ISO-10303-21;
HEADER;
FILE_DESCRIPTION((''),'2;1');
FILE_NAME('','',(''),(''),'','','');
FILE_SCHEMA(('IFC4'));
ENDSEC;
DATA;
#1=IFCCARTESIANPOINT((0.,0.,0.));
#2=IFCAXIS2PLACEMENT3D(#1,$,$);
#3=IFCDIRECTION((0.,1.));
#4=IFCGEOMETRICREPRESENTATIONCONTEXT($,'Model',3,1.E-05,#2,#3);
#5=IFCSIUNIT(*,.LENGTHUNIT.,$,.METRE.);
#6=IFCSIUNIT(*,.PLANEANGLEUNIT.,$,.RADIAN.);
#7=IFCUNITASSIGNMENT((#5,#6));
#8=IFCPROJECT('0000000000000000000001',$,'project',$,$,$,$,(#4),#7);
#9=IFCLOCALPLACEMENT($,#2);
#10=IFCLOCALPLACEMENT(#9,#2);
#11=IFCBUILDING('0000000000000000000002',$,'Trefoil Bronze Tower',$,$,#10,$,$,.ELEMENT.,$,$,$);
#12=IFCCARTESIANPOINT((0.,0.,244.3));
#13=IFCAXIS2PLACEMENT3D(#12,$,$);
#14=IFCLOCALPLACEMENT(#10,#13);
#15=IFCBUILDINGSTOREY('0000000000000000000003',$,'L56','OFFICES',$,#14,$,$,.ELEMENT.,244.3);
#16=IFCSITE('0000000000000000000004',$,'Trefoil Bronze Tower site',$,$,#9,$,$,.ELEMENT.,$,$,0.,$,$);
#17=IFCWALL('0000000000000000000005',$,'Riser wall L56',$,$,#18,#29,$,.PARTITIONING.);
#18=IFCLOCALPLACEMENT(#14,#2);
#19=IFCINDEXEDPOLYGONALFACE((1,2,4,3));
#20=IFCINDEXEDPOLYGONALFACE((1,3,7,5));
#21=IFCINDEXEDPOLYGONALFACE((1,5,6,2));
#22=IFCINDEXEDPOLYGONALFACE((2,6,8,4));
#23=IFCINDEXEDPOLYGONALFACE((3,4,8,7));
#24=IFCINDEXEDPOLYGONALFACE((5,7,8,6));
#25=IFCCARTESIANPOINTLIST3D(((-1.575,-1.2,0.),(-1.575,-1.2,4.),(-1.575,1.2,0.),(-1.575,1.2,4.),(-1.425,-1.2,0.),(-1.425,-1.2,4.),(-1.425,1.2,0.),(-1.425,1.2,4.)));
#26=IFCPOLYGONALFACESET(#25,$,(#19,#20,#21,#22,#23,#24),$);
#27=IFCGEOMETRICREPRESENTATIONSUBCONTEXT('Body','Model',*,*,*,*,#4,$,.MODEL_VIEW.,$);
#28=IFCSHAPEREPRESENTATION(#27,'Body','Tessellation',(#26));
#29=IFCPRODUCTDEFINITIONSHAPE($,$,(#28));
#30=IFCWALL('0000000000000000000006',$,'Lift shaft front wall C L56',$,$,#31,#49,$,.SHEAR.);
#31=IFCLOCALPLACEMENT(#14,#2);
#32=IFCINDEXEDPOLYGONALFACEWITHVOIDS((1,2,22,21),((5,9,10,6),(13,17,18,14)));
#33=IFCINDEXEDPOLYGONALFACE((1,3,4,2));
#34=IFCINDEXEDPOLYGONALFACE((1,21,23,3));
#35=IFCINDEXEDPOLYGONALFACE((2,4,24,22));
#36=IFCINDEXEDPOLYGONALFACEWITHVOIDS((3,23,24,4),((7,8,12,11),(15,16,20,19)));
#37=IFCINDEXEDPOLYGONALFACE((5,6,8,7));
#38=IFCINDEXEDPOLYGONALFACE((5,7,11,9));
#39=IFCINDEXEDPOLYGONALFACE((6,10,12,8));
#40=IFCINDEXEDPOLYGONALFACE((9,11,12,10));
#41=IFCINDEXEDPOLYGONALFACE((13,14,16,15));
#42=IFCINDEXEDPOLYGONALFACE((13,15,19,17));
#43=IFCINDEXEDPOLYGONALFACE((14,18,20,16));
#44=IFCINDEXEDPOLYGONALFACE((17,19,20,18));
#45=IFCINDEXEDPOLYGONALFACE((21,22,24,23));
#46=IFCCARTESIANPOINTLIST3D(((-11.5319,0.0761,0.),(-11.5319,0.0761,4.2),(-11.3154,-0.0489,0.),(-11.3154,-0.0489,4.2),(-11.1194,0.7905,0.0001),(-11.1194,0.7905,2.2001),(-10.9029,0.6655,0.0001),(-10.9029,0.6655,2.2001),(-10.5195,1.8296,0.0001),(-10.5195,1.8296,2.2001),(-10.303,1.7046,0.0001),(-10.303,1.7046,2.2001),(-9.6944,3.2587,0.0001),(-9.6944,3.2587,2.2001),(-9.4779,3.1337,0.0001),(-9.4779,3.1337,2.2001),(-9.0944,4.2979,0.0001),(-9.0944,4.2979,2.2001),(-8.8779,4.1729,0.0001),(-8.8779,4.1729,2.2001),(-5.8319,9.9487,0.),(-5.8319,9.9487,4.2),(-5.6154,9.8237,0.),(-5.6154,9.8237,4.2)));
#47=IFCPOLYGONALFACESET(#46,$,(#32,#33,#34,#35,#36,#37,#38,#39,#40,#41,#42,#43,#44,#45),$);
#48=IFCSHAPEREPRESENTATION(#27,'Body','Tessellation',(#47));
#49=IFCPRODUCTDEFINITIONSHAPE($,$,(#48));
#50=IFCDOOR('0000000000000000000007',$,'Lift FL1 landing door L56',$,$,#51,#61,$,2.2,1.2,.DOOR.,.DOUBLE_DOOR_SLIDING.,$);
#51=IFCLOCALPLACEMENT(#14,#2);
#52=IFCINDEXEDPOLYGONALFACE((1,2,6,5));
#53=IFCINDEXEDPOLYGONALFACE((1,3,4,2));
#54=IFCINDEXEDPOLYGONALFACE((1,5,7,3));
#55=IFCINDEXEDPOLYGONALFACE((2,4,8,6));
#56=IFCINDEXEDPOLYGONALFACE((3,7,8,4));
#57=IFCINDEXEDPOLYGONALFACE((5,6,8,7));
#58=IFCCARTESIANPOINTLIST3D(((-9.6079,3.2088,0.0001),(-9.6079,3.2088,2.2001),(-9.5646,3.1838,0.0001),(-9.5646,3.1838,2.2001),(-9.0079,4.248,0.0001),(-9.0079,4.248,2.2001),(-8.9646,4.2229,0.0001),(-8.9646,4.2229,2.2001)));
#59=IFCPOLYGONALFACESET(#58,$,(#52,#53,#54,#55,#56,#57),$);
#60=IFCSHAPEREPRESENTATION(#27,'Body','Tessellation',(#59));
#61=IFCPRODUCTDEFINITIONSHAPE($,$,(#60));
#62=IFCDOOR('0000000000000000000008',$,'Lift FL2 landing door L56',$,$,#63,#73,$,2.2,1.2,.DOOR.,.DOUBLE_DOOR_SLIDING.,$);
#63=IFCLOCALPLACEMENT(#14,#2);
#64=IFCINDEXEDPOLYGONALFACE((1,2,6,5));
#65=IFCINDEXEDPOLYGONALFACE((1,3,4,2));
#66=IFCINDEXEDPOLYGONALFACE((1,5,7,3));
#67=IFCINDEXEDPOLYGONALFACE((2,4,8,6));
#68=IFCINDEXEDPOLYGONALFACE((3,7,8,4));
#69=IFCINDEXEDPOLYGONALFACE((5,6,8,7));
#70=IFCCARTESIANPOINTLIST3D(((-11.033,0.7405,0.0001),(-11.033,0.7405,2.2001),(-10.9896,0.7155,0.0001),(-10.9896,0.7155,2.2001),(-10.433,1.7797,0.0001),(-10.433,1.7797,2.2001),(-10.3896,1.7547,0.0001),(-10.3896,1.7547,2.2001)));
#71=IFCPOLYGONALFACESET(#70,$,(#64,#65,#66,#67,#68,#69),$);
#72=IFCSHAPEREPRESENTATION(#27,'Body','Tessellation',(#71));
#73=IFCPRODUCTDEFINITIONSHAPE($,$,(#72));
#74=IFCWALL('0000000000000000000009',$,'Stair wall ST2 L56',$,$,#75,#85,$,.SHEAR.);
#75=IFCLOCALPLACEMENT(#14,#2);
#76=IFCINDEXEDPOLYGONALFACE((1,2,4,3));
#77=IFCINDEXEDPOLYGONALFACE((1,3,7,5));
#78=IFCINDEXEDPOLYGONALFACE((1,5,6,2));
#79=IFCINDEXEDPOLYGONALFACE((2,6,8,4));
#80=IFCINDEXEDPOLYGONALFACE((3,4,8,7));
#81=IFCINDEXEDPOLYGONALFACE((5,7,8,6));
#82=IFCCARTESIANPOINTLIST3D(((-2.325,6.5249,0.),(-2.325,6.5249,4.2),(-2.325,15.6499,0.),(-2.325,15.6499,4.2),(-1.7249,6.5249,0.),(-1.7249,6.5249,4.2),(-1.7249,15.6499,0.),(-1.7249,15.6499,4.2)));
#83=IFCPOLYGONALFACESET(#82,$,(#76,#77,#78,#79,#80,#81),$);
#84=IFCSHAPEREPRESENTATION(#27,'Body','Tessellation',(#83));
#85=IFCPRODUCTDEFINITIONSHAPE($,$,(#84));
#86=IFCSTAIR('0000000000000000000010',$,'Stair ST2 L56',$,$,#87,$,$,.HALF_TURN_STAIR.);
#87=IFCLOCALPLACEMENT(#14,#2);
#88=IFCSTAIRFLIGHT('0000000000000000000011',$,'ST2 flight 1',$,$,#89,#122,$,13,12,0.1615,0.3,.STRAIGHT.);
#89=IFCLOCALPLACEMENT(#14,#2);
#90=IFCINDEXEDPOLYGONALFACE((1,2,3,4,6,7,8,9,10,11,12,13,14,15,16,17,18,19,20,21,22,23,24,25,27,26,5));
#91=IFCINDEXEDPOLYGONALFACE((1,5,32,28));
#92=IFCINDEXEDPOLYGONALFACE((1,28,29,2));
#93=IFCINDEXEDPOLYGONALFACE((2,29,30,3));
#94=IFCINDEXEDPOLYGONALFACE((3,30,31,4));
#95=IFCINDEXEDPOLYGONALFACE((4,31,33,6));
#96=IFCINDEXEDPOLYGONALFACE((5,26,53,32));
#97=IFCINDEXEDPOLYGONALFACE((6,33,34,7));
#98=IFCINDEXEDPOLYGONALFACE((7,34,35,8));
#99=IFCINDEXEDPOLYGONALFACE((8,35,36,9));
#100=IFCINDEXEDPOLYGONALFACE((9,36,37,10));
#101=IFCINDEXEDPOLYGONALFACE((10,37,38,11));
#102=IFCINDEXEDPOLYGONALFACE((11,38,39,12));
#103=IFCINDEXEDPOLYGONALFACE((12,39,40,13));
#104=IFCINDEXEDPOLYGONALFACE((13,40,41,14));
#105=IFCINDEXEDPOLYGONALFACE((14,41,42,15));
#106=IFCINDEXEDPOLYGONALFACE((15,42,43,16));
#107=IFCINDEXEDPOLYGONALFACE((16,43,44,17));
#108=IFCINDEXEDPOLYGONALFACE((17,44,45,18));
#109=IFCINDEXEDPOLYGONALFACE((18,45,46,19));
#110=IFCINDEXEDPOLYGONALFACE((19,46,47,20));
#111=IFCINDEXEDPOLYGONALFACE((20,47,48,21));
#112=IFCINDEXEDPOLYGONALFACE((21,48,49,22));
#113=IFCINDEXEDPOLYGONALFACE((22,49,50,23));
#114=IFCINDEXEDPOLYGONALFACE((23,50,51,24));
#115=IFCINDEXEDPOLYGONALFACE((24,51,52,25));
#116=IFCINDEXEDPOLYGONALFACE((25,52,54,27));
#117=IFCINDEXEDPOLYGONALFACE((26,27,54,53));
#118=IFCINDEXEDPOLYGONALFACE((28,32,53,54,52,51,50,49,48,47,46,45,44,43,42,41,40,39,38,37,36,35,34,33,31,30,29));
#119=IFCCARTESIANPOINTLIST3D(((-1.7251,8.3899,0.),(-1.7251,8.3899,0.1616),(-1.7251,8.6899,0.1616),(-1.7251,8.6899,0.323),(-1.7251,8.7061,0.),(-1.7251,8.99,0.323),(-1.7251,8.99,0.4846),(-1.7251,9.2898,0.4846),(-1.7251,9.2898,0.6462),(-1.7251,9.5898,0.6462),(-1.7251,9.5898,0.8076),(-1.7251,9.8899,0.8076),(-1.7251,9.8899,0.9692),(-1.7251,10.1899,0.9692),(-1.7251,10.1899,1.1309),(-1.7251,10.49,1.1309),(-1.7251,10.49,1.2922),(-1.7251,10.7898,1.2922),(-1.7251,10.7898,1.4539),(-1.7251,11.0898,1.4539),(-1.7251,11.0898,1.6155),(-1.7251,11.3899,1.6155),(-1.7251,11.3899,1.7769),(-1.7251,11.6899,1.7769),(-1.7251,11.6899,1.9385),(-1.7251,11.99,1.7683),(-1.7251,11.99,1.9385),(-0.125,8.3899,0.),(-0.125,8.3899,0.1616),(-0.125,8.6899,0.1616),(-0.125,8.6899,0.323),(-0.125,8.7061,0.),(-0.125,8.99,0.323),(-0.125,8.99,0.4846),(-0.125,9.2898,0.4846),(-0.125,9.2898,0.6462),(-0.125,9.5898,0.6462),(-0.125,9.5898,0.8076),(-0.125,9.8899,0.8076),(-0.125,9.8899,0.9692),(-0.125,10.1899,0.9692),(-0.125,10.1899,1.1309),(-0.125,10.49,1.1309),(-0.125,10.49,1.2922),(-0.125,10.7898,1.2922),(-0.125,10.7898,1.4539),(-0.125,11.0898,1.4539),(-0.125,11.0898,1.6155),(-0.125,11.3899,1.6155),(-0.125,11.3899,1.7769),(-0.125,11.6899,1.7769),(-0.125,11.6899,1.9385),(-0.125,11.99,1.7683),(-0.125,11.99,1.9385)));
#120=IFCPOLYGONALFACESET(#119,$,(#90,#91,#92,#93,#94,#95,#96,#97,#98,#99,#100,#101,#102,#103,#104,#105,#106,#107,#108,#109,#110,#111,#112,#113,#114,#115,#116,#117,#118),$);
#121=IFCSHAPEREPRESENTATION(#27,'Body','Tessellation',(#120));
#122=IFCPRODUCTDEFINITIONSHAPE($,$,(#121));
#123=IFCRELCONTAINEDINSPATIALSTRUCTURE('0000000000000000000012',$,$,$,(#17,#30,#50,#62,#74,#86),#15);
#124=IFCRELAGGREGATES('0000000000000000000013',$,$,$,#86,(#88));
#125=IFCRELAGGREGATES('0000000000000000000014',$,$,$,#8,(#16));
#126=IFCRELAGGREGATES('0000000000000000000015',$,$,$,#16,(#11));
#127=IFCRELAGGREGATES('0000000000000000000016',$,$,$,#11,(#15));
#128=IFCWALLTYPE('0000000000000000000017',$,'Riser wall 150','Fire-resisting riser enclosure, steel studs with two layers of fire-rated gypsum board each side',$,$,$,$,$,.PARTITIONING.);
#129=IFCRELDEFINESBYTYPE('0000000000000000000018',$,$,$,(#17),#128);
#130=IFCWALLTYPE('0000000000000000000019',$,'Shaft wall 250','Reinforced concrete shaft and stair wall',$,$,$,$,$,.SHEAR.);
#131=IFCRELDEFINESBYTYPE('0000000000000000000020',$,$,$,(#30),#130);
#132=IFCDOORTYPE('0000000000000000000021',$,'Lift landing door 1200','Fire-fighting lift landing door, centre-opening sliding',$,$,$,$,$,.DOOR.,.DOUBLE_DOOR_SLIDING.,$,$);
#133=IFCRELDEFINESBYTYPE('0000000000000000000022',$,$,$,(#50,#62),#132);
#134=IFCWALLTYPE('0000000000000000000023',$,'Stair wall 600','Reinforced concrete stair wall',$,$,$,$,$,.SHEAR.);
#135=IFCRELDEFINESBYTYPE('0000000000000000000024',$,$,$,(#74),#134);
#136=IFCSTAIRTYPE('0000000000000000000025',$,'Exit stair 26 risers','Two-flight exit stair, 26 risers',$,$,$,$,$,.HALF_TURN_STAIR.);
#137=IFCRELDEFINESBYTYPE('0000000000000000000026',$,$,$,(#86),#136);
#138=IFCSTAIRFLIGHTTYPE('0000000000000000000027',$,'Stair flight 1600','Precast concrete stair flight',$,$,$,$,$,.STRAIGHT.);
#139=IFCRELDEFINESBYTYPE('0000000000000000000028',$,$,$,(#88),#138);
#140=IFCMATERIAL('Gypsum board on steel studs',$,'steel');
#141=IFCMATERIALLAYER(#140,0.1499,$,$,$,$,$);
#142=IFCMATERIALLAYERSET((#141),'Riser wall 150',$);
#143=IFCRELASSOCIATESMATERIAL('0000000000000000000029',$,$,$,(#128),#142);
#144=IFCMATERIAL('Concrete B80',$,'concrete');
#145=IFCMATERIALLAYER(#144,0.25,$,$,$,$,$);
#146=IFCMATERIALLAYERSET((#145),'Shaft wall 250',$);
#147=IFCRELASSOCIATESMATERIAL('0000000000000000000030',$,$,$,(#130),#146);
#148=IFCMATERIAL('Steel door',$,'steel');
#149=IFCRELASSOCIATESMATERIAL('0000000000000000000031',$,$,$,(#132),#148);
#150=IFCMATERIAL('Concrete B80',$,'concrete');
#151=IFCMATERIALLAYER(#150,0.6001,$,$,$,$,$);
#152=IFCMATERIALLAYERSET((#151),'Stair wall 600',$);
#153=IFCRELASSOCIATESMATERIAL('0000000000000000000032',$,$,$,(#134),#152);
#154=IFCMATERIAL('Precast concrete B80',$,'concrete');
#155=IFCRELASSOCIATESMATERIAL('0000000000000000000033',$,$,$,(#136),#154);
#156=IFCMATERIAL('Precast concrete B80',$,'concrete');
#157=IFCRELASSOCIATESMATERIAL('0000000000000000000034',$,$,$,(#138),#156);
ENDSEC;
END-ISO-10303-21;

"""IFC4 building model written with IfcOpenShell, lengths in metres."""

from ifc_helpers import new_model, si_unit, direction, frame, frame_2d, origin, place, context, subcontext, project, spatial, polyline, rectangle, outline, extrude, material, layer, layer_set, type_object, element, fill, aggregate, save


model = new_model("IFC4")

# Units and contexts
model_context = context("Model", 3, precision=1e-05, world=origin(), true_north=direction((0.0, 1.0)))
body_context = subcontext(model_context, "Body", "Model", "MODEL_VIEW")
ifc_project = project(units=[si_unit("LENGTHUNIT", "METRE"), si_unit("PLANEANGLEUNIT", "RADIAN")], contexts=[model_context])

# Site, building, storey
site_placement = place(None, origin())
site = spatial("IfcSite", under=ifc_project, at=site_placement, Name="Trefoil Bronze Tower site", CompositionType="ELEMENT", RefElevation=0.0)
building_placement = place(site_placement, origin())
building = spatial("IfcBuilding", under=site, at=building_placement, Name="Trefoil Bronze Tower", CompositionType="ELEMENT")
storey_placement = place(building_placement, frame((0.0, 0.0, 244.3)))
storey = spatial("IfcBuildingStorey", under=building, at=storey_placement, Name="L56", Description="OFFICES", CompositionType="ELEMENT", Elevation=244.3)

# Wall
ifc_material_1 = material(Name="Gypsum board on steel studs", Category="steel")
ifc_layer_1 = layer(ifc_material_1, 0.1499)
ifc_layer_set_1 = layer_set([ifc_layer_1], Name="Riser wall 150")
wall_type_1 = type_object("IfcWallType", Name="Riser wall 150", Description="Fire-resisting riser enclosure, steel studs with two layers of fire-rated gypsum board each side", PredefinedType="PARTITIONING", material=ifc_layer_set_1)
wall_1_placement = place(storey_placement, frame((-1.5, 1.2, 0.0), z_axis=(0.0, 0.0, 1.0), x_axis=(0.0, -1.0, 0.0)))
element("IfcWall", 1, at=wall_1_placement, inside=storey, type_object=wall_type_1, Name="Riser wall L56", PredefinedType="PARTITIONING", context=body_context, shape_type="SweptSolid", body=[
    extrude(rectangle(XDim=2.3999, YDim=0.1499, at=frame_2d((1.2, 0.0))), origin(), (0.0, 0.0, 1.0), 4.0),
])

# Wall, openings, doors
ifc_material_2 = material(Name="Concrete B80", Category="concrete")
ifc_layer_2 = layer(ifc_material_2, 0.25)
ifc_layer_set_2 = layer_set([ifc_layer_2], Name="Shaft wall 250")
wall_type_2 = type_object("IfcWallType", Name="Shaft wall 250", Description="Reinforced concrete shaft and stair wall", PredefinedType="SHEAR", material=ifc_layer_set_2)
wall_2_placement = place(storey_placement, frame((-5.7236, 9.8862, 0.0), z_axis=(0.0, 0.0, 1.0), x_axis=(-0.500002, -0.866024, 0.0)))
wall_2 = element("IfcWall", 2, at=wall_2_placement, inside=storey, type_object=wall_type_2, Name="Lift shaft front wall C L56", PredefinedType="SHEAR", context=body_context, shape_type="SweptSolid", body=[
    extrude(rectangle(XDim=11.3999, YDim=0.25, at=frame_2d((5.7, 0.0))), origin(), (0.0, 0.0, 1.0), 4.2),
])
opening_1_placement = place(wall_2_placement, frame((6.5249, 0.0, 0.0)))
opening_1 = element("IfcOpeningElement", 3, at=opening_1_placement, cuts=wall_2, PredefinedType="OPENING", context=body_context, shape_type="SweptSolid", body=[
    extrude(rectangle(XDim=1.2, YDim=2.2, at=frame_2d((0.6001, 1.1001))), frame((0.0, 0.135, 0.0), z_axis=(0.0, -1.0, 0.0), x_axis=(1.0, 0.0, 0.0)), (0.0, 0.0, 1.0), 0.27),
])
opening_2_placement = place(wall_2_placement, frame((9.375, 0.0, 0.0)))
opening_2 = element("IfcOpeningElement", 4, at=opening_2_placement, cuts=wall_2, PredefinedType="OPENING", context=body_context, shape_type="SweptSolid", body=[
    extrude(rectangle(XDim=1.2, YDim=2.2, at=frame_2d((0.6001, 1.1001))), frame((0.0, 0.135, 0.0), z_axis=(0.0, -1.0, 0.0), x_axis=(1.0, 0.0, 0.0)), (0.0, 0.0, 1.0), 0.27),
])
ifc_material_3 = material(Name="Steel door", Category="steel")
door_type_1 = type_object("IfcDoorType", Name="Lift landing door 1200", Description="Fire-fighting lift landing door, centre-opening sliding", OperationType="DOUBLE_DOOR_SLIDING", PredefinedType="DOOR", material=ifc_material_3)
door_1_placement = place(opening_1_placement, origin())
door_1 = element("IfcDoor", 5, at=door_1_placement, inside=storey, type_object=door_type_1, Name="Lift FL1 landing door L56", OperationType="DOUBLE_DOOR_SLIDING", OverallHeight=2.2, OverallWidth=1.2, PredefinedType="DOOR", context=body_context, shape_type="SweptSolid", body=[
    extrude(rectangle(XDim=1.2, YDim=2.2, at=frame_2d((0.6001, 1.1001))), frame((0.0, 0.0249, 0.0), z_axis=(0.0, -1.0, 0.0), x_axis=(1.0, 0.0, 0.0)), (0.0, 0.0, 1.0), 0.05),
])
fill(opening_1, door_1)
door_2_placement = place(opening_2_placement, origin())
door_2 = element("IfcDoor", 6, at=door_2_placement, inside=storey, type_object=door_type_1, Name="Lift FL2 landing door L56", OperationType="DOUBLE_DOOR_SLIDING", OverallHeight=2.2, OverallWidth=1.2, PredefinedType="DOOR", context=body_context, shape_type="SweptSolid", body=[
    extrude(rectangle(XDim=1.2, YDim=2.2, at=frame_2d((0.6001, 1.1001))), frame((0.0, 0.0249, 0.0), z_axis=(0.0, -1.0, 0.0), x_axis=(1.0, 0.0, 0.0)), (0.0, 0.0, 1.0), 0.05),
])
fill(opening_2, door_2)

# Wall
ifc_material_4 = material(Name="Concrete B80", Category="concrete")
ifc_layer_3 = layer(ifc_material_4, 0.6001)
ifc_layer_set_3 = layer_set([ifc_layer_3], Name="Stair wall 600")
wall_type_3 = type_object("IfcWallType", Name="Stair wall 600", Description="Reinforced concrete stair wall", PredefinedType="SHEAR", material=ifc_layer_set_3)
wall_3_placement = place(storey_placement, frame((-2.0249, 6.5249, 0.0), z_axis=(0.0, 0.0, 1.0), x_axis=(0.0, 1.0, 0.0)))
element("IfcWall", 7, at=wall_3_placement, inside=storey, type_object=wall_type_3, Name="Stair wall ST2 L56", PredefinedType="SHEAR", context=body_context, shape_type="SweptSolid", body=[
    extrude(rectangle(XDim=9.125, YDim=0.6001, at=frame_2d((4.5625, 0.0))), origin(), (0.0, 0.0, 1.0), 4.2),
])

# Stair, stair flight
ifc_material_5 = material(Name="Precast concrete B80", Category="concrete")
stair_type = type_object("IfcStairType", Name="Exit stair 26 risers", Description="Two-flight exit stair, 26 risers", PredefinedType="HALF_TURN_STAIR", material=ifc_material_5)
stair_placement = place(storey_placement, origin())
stair = element("IfcStair", 8, at=stair_placement, inside=storey, type_object=stair_type, Name="Stair ST2 L56", PredefinedType="HALF_TURN_STAIR")
ifc_material_6 = material(Name="Precast concrete B80", Category="concrete")
stair_flight_type = type_object("IfcStairFlightType", Name="Stair flight 1600", Description="Precast concrete stair flight", PredefinedType="STRAIGHT", material=ifc_material_6)
stair_flight_placement = place(storey_placement, frame((-0.925, 8.3899, 0.0), z_axis=(0.0, 0.0, 1.0), x_axis=(0.0, 1.0, 0.0)))
stair_flight = element("IfcStairFlight", 9, at=stair_flight_placement, type_object=stair_flight_type, Name="ST2 flight 1", NumberOfRisers=13, NumberOfTreads=12, PredefinedType="STRAIGHT", RiserHeight=0.1615, TreadLength=0.3, context=body_context, shape_type="SweptSolid", body=[
    extrude(outline(polyline([(0.0, 0.0), (0.0, 0.1616), (0.3, 0.1616), (0.3, 0.323), (0.6001, 0.323), (0.6001, 0.4846), (0.8999, 0.4846), (0.8999, 0.6462), (1.2, 0.6462), (1.2, 0.8076), (1.5, 0.8076), (1.5, 0.9692), (1.8, 0.9692), (1.8, 1.1309), (2.1001, 1.1309), (2.1001, 1.2922), (2.3999, 1.2922), (2.3999, 1.4539), (2.7, 1.4539), (2.7, 1.6155), (3.0, 1.6155), (3.0, 1.7769), (3.3, 1.7769), (3.3, 1.9385), (3.6001, 1.9385), (3.6001, 2.1001), (3.6001, 1.7683), (0.3162, 0.0), (0.0, 0.0)])), frame((0.0, 0.8, 0.0), z_axis=(0.0, -1.0, 0.0), x_axis=(1.0, 0.0, 0.0)), (0.0, 0.0, 1.0), 1.6001),
])
aggregate(stair, [stair_flight])

save(model, "model.ifc")
